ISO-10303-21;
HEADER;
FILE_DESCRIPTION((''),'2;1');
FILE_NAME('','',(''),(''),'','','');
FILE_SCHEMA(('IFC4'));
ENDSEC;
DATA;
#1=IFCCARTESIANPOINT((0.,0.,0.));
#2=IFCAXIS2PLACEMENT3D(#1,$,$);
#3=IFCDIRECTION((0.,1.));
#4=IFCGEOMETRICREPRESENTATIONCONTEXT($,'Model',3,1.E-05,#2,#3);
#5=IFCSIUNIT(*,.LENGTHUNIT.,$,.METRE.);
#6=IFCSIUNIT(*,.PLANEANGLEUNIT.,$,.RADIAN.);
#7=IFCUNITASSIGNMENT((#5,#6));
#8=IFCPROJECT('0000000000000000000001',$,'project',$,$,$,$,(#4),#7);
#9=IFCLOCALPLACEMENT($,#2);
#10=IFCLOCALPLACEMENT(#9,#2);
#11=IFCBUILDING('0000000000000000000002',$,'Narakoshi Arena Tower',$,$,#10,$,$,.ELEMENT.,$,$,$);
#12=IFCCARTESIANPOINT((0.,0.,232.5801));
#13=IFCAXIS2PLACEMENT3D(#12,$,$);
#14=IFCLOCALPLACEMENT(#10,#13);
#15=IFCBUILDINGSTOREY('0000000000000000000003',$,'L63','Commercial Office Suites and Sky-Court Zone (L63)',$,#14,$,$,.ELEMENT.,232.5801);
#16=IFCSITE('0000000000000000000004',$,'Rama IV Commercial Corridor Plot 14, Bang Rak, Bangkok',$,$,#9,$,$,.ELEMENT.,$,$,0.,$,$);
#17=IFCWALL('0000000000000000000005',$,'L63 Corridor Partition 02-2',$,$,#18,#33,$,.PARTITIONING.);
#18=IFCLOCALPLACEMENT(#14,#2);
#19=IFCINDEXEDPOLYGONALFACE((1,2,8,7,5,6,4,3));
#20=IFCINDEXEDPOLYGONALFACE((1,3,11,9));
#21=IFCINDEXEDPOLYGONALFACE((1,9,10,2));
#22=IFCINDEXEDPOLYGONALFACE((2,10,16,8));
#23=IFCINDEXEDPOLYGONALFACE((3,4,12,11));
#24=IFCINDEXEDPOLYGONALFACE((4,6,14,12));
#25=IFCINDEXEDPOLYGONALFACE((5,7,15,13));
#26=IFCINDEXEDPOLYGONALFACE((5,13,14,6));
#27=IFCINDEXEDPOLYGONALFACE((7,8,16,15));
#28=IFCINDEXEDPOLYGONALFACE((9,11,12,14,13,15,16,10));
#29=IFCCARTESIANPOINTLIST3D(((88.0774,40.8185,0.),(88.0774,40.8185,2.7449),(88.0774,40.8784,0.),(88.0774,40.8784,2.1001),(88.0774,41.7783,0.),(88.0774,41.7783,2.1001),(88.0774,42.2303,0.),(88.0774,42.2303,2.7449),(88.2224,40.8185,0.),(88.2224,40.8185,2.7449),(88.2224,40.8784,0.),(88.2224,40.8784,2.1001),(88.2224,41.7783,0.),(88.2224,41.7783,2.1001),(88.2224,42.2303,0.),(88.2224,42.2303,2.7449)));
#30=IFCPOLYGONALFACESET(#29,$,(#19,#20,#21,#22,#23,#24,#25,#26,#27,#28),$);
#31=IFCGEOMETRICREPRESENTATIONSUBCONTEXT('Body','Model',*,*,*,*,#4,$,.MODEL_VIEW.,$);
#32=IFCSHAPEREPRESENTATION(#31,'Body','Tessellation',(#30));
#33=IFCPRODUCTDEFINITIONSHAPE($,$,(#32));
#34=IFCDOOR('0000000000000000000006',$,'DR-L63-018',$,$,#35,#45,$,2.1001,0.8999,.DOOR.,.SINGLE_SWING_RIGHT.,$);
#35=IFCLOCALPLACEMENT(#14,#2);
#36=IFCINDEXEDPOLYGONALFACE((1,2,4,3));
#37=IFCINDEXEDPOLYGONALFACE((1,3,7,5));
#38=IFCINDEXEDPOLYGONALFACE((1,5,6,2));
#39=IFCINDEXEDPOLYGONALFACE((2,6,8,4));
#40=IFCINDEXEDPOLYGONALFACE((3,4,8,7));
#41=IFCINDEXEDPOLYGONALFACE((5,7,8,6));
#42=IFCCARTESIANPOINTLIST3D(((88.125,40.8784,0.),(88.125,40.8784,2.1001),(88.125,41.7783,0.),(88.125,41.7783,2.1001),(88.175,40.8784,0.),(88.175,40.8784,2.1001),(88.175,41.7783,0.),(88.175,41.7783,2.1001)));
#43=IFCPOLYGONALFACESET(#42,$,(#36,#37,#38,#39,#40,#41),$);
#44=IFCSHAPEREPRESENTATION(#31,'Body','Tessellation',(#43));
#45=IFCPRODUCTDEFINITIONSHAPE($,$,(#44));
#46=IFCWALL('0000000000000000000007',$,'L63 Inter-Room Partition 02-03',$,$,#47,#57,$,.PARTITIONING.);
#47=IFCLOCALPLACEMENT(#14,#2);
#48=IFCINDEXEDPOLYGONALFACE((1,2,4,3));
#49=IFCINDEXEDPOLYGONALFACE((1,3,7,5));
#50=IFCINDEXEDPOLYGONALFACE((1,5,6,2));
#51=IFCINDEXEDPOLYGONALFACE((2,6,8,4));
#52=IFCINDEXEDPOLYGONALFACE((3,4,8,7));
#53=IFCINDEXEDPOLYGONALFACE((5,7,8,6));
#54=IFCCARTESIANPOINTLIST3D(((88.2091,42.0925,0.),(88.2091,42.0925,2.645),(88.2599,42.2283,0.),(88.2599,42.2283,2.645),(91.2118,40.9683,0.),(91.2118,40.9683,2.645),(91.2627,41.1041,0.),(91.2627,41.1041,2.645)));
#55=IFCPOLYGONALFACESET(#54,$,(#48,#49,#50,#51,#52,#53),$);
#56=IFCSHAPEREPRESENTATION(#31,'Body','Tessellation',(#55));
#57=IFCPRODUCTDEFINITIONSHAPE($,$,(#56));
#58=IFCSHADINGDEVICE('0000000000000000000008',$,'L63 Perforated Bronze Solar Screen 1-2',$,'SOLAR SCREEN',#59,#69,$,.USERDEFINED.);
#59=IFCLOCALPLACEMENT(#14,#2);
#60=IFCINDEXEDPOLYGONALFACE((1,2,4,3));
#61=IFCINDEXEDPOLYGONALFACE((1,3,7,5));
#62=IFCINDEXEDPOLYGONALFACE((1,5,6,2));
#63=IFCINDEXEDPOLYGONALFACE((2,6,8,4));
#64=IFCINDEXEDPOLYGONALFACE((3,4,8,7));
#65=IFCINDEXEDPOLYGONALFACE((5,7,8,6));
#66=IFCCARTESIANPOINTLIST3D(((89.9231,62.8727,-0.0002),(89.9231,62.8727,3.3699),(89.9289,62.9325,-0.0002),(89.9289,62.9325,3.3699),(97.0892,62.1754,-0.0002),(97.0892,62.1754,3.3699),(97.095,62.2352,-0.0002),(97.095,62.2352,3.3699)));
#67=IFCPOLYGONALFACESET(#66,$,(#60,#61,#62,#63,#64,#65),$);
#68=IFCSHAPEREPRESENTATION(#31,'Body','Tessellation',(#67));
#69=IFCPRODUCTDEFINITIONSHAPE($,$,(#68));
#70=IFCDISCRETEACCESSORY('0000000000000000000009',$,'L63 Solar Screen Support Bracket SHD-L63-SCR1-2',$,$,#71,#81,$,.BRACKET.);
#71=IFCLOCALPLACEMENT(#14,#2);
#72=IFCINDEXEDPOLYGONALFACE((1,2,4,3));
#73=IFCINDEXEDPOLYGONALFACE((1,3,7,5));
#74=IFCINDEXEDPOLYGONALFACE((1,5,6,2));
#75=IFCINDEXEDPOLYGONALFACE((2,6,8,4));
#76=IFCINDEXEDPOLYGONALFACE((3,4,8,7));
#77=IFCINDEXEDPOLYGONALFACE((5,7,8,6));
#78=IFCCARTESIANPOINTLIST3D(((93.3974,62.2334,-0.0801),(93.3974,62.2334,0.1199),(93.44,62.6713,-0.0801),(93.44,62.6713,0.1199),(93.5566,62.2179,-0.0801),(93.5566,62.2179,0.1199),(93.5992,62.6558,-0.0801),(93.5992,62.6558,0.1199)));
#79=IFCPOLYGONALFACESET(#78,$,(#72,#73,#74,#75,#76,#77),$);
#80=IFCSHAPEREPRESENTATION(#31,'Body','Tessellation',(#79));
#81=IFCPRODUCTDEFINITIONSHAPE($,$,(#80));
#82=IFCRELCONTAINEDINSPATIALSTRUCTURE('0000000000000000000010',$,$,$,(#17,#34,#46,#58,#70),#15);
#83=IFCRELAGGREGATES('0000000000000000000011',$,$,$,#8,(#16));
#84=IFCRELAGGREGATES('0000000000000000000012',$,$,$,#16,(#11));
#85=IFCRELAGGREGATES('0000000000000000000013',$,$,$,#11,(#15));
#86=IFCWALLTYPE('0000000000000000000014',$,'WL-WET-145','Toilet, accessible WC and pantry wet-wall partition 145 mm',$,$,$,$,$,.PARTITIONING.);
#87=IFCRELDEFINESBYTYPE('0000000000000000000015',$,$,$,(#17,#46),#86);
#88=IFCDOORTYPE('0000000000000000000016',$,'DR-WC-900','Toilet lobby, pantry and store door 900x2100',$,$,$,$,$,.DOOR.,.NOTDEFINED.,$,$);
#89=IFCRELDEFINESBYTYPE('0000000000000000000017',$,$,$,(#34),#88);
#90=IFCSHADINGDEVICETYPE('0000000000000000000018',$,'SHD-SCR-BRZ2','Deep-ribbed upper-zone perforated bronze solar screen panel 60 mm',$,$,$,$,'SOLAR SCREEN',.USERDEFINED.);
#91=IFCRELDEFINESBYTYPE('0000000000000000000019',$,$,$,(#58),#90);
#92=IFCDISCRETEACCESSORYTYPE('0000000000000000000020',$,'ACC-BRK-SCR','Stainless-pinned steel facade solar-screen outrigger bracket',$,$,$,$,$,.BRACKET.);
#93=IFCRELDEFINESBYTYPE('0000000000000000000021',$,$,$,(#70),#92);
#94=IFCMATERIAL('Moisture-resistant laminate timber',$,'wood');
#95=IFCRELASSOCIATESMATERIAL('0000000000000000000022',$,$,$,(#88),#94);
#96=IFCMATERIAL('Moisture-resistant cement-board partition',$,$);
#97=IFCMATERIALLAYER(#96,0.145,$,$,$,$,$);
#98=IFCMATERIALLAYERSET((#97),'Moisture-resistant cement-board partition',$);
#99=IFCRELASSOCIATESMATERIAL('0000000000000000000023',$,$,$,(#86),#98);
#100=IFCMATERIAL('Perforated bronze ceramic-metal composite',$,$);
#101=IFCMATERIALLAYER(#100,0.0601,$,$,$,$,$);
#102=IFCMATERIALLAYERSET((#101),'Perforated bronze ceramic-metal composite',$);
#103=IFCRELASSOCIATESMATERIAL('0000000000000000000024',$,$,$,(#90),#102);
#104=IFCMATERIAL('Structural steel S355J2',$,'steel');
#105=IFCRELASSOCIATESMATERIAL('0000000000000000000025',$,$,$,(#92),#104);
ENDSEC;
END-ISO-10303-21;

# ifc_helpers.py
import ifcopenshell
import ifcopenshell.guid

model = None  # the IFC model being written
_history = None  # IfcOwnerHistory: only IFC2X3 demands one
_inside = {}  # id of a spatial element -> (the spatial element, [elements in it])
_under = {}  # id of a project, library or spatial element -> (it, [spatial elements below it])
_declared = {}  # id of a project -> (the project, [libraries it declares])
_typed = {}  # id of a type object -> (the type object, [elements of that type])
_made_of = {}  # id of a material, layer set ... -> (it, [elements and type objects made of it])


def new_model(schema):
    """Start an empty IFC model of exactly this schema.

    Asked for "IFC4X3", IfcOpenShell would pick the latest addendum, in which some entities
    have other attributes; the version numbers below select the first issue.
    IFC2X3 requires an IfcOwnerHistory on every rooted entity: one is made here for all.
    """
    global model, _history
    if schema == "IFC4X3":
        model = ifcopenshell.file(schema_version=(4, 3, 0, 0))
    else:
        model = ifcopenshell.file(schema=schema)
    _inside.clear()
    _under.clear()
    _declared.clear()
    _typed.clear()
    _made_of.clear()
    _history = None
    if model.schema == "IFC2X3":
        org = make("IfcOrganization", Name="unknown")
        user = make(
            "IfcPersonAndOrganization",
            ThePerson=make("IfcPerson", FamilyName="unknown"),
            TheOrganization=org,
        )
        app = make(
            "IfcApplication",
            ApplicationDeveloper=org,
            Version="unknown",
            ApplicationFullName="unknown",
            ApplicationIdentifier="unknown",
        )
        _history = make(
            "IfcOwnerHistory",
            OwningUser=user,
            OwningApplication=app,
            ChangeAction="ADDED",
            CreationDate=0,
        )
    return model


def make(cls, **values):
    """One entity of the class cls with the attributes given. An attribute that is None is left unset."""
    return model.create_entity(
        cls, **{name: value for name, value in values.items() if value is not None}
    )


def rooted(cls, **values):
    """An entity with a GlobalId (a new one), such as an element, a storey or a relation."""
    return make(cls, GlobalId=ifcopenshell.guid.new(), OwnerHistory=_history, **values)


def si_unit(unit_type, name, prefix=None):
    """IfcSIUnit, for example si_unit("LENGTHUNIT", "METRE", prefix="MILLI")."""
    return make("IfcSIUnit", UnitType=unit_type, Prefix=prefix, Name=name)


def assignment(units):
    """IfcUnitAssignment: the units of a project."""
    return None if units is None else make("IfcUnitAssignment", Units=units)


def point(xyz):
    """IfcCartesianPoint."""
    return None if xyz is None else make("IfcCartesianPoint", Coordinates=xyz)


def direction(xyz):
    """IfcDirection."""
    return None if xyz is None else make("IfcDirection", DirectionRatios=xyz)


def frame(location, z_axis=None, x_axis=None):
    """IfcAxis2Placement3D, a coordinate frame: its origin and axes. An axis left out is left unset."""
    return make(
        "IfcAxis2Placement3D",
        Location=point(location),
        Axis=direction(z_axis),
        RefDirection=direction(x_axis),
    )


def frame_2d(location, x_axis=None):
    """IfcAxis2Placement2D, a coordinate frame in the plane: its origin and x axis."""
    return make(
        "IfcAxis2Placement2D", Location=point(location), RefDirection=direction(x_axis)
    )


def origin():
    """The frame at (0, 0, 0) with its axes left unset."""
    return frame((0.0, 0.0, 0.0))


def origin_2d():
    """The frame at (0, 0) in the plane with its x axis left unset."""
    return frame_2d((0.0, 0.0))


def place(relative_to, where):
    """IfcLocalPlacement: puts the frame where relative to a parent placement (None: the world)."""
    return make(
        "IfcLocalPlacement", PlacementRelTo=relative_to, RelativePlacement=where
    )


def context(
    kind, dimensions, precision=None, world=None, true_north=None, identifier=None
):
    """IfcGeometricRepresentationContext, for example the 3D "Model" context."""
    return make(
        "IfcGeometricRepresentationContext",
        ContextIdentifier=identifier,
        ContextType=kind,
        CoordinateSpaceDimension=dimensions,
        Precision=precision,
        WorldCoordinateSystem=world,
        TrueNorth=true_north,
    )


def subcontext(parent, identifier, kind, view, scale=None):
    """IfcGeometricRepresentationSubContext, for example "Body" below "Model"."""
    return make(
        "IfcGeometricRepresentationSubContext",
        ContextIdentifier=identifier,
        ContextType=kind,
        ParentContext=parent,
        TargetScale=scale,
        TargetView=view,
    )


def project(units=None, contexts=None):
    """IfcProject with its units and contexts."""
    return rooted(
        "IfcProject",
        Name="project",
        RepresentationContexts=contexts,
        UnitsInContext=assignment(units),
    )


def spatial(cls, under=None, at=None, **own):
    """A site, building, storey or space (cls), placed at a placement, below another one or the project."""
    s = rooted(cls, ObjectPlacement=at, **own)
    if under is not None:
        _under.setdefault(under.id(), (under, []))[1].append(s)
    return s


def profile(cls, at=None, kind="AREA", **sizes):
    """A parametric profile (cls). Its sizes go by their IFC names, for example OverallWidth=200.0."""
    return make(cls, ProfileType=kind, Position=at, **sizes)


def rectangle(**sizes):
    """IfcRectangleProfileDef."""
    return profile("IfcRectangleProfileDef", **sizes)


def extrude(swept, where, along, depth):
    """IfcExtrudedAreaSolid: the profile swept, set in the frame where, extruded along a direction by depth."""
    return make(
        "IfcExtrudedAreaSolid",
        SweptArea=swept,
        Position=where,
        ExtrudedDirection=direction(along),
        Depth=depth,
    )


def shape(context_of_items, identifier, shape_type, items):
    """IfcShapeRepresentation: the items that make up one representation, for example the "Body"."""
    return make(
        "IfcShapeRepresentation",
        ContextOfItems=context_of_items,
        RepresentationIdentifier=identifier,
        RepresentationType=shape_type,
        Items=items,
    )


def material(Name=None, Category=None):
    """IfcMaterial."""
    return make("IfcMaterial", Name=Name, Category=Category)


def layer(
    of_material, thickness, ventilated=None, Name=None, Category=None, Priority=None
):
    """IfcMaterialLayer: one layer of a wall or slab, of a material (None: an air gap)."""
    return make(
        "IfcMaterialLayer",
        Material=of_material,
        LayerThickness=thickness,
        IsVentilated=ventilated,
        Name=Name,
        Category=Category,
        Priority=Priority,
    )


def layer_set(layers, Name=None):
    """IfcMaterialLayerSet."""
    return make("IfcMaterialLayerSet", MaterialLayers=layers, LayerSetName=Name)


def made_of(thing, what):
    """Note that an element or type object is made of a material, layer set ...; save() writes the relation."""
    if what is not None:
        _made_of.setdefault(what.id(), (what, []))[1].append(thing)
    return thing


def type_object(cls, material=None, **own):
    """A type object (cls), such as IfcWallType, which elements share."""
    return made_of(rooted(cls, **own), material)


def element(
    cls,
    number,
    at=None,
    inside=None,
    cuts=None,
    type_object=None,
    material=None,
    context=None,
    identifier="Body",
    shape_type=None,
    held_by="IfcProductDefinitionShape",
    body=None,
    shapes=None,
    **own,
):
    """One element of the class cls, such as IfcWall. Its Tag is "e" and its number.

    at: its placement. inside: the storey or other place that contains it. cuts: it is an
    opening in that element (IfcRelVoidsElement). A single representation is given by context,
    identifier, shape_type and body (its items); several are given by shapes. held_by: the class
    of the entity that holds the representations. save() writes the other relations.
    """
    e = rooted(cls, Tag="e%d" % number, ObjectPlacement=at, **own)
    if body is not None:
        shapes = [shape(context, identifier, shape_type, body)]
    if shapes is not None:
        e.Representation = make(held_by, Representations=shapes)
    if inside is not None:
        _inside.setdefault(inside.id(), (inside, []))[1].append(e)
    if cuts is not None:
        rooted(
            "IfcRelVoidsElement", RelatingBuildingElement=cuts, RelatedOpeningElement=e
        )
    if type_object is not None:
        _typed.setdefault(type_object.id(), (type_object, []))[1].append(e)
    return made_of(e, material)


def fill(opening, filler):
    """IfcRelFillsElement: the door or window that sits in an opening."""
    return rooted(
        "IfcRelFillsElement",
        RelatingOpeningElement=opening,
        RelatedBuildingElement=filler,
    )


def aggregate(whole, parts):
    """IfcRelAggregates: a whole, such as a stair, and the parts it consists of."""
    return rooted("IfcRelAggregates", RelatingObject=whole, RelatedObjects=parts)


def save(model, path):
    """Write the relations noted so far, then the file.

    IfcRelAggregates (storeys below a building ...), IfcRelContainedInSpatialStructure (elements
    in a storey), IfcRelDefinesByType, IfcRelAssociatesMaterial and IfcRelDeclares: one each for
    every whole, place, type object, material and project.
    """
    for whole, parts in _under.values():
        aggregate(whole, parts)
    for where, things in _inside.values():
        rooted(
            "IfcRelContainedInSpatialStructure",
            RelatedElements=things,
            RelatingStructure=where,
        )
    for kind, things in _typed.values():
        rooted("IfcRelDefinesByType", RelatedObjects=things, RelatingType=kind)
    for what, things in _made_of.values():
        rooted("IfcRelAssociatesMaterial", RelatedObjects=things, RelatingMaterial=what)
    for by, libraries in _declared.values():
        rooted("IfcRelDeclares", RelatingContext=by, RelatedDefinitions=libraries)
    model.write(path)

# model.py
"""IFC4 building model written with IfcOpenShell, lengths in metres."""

from ifc_helpers import new_model, si_unit, direction, frame, frame_2d, origin, origin_2d, place, context, subcontext, project, spatial, rectangle, extrude, material, layer, layer_set, type_object, element, fill, save


model = new_model("IFC4")

# Units and contexts
model_context = context("Model", 3, precision=1e-05, world=origin(), true_north=direction((0.0, 1.0)))
body_context = subcontext(model_context, "Body", "Model", "MODEL_VIEW")
ifc_project = project(units=[si_unit("LENGTHUNIT", "METRE"), si_unit("PLANEANGLEUNIT", "RADIAN")], contexts=[model_context])

# Site, building, storey
site_placement = place(None, origin())
site = spatial("IfcSite", under=ifc_project, at=site_placement, Name="Rama IV Commercial Corridor Plot 14, Bang Rak, Bangkok", CompositionType="ELEMENT", RefElevation=0.0)
building_placement = place(site_placement, origin())
building = spatial("IfcBuilding", under=site, at=building_placement, Name="Narakoshi Arena Tower", CompositionType="ELEMENT")
storey_placement = place(building_placement, frame((0.0, 0.0, 232.5801)))
storey = spatial("IfcBuildingStorey", under=building, at=storey_placement, Name="L63", Description="Commercial Office Suites and Sky-Court Zone (L63)", CompositionType="ELEMENT", Elevation=232.5801)

# Shared definitions
ifc_material_1 = material(Name="Structural steel S355J2", Category="steel")

# Shared definitions
ifc_material_2 = material(Name="Moisture-resistant laminate timber", Category="wood")
door_type = type_object("IfcDoorType", Name="DR-WC-900", Description="Toilet lobby, pantry and store door 900x2100", OperationType="NOTDEFINED", PredefinedType="DOOR", material=ifc_material_2)

# Wall, opening, door
ifc_material_3 = material(Name="Moisture-resistant cement-board partition")
ifc_layer_1 = layer(ifc_material_3, 0.145)
ifc_layer_set_1 = layer_set([ifc_layer_1], Name="Moisture-resistant cement-board partition")
wall_type_1 = type_object("IfcWallType", Name="WL-WET-145", Description="Toilet, accessible WC and pantry wet-wall partition 145 mm", PredefinedType="PARTITIONING", material=ifc_layer_set_1)
wall_1_placement = place(storey_placement, frame((88.1499, 40.8184, 0.0), z_axis=(0.0, 0.0, 1.0), x_axis=(0.0, 1.0, 0.0)))
wall_1 = element("IfcWall", 1, at=wall_1_placement, inside=storey, type_object=wall_type_1, Name="L63 Corridor Partition 02-2", PredefinedType="PARTITIONING", context=body_context, shape_type="SweptSolid", body=[
    extrude(rectangle(XDim=1.4119, YDim=0.145, at=frame_2d((0.7061, 0.0))), origin(), (0.0, 0.0, 1.0), 2.7449),
])
opening_1_placement = place(wall_1_placement, frame((0.0601, 0.0, 0.0)))
opening_1 = element("IfcOpeningElement", 2, at=opening_1_placement, cuts=wall_1, PredefinedType="OPENING", context=body_context, shape_type="SweptSolid", body=[
    extrude(rectangle(XDim=0.8999, YDim=2.1001, at=frame_2d((0.45, 1.05))), frame((0.0, 0.0825, 0.0), z_axis=(0.0, -1.0, 0.0), x_axis=(1.0, 0.0, 0.0)), (0.0, 0.0, 1.0), 0.165),
])
door_1_placement = place(opening_1_placement, origin())
door_1 = element("IfcDoor", 3, at=door_1_placement, inside=storey, type_object=door_type, Name="DR-L63-018", OperationType="SINGLE_SWING_RIGHT", OverallHeight=2.1001, OverallWidth=0.8999, PredefinedType="DOOR", context=body_context, shape_type="SweptSolid", body=[
    extrude(rectangle(XDim=0.8999, YDim=2.1001, at=frame_2d((0.45, 1.05))), frame((0.0, 0.0249, 0.0), z_axis=(0.0, -1.0, 0.0), x_axis=(1.0, 0.0, 0.0)), (0.0, 0.0, 1.0), 0.05),
])
fill(opening_1, door_1)

# Wall
wall_2_placement = place(storey_placement, frame((88.2346, 42.1604, 0.0), z_axis=(0.0, 0.0, 1.0), x_axis=(0.936507, -0.350648, 0.0)))
element("IfcWall", 4, at=wall_2_placement, inside=storey, type_object=wall_type_1, Name="L63 Inter-Room Partition 02-03", PredefinedType="PARTITIONING", context=body_context, shape_type="SweptSolid", body=[
    extrude(rectangle(XDim=3.2063, YDim=0.145, at=frame_2d((1.603, 0.0))), origin(), (0.0, 0.0, 1.0), 2.645),
])

# Shading device
ifc_material_4 = material(Name="Perforated bronze ceramic-metal composite")
ifc_layer_2 = layer(ifc_material_4, 0.0601)
ifc_layer_set_2 = layer_set([ifc_layer_2], Name="Perforated bronze ceramic-metal composite")
shading_device_type = type_object("IfcShadingDeviceType", Name="SHD-SCR-BRZ2", Description="Deep-ribbed upper-zone perforated bronze solar screen panel 60 mm", ElementType="SOLAR SCREEN", PredefinedType="USERDEFINED", material=ifc_layer_set_2)
shading_device_placement = place(storey_placement, frame((93.509, 62.554, -0.0002), z_axis=(0.0, 0.0, 1.0), x_axis=(-0.995299, 0.096853, 0.0)))
element("IfcShadingDevice", 5, at=shading_device_placement, inside=storey, type_object=shading_device_type, Name="L63 Perforated Bronze Solar Screen 1-2", ObjectType="SOLAR SCREEN", PredefinedType="USERDEFINED", context=body_context, shape_type="SweptSolid", body=[
    extrude(rectangle(XDim=7.2, YDim=0.0601, at=origin_2d()), origin(), (0.0, 0.0, 1.0), 3.3701),
])

# Discrete accessory
discrete_accessory_type = type_object("IfcDiscreteAccessoryType", Name="ACC-BRK-SCR", Description="Stainless-pinned steel facade solar-screen outrigger bracket", PredefinedType="BRACKET", material=ifc_material_1)
discrete_accessory_placement = place(storey_placement, frame((93.4983, 62.4446, -0.0801), z_axis=(0.0, 0.0, 1.0), x_axis=(-0.995299, 0.096853, 0.0)))
element("IfcDiscreteAccessory", 6, at=discrete_accessory_placement, inside=storey, type_object=discrete_accessory_type, Name="L63 Solar Screen Support Bracket SHD-L63-SCR1-2", PredefinedType="BRACKET", context=body_context, shape_type="SweptSolid", body=[
    extrude(rectangle(XDim=0.1599, YDim=0.4399, at=origin_2d()), origin(), (0.0, 0.0, 1.0), 0.2),
])

save(model, "model.ifc")
